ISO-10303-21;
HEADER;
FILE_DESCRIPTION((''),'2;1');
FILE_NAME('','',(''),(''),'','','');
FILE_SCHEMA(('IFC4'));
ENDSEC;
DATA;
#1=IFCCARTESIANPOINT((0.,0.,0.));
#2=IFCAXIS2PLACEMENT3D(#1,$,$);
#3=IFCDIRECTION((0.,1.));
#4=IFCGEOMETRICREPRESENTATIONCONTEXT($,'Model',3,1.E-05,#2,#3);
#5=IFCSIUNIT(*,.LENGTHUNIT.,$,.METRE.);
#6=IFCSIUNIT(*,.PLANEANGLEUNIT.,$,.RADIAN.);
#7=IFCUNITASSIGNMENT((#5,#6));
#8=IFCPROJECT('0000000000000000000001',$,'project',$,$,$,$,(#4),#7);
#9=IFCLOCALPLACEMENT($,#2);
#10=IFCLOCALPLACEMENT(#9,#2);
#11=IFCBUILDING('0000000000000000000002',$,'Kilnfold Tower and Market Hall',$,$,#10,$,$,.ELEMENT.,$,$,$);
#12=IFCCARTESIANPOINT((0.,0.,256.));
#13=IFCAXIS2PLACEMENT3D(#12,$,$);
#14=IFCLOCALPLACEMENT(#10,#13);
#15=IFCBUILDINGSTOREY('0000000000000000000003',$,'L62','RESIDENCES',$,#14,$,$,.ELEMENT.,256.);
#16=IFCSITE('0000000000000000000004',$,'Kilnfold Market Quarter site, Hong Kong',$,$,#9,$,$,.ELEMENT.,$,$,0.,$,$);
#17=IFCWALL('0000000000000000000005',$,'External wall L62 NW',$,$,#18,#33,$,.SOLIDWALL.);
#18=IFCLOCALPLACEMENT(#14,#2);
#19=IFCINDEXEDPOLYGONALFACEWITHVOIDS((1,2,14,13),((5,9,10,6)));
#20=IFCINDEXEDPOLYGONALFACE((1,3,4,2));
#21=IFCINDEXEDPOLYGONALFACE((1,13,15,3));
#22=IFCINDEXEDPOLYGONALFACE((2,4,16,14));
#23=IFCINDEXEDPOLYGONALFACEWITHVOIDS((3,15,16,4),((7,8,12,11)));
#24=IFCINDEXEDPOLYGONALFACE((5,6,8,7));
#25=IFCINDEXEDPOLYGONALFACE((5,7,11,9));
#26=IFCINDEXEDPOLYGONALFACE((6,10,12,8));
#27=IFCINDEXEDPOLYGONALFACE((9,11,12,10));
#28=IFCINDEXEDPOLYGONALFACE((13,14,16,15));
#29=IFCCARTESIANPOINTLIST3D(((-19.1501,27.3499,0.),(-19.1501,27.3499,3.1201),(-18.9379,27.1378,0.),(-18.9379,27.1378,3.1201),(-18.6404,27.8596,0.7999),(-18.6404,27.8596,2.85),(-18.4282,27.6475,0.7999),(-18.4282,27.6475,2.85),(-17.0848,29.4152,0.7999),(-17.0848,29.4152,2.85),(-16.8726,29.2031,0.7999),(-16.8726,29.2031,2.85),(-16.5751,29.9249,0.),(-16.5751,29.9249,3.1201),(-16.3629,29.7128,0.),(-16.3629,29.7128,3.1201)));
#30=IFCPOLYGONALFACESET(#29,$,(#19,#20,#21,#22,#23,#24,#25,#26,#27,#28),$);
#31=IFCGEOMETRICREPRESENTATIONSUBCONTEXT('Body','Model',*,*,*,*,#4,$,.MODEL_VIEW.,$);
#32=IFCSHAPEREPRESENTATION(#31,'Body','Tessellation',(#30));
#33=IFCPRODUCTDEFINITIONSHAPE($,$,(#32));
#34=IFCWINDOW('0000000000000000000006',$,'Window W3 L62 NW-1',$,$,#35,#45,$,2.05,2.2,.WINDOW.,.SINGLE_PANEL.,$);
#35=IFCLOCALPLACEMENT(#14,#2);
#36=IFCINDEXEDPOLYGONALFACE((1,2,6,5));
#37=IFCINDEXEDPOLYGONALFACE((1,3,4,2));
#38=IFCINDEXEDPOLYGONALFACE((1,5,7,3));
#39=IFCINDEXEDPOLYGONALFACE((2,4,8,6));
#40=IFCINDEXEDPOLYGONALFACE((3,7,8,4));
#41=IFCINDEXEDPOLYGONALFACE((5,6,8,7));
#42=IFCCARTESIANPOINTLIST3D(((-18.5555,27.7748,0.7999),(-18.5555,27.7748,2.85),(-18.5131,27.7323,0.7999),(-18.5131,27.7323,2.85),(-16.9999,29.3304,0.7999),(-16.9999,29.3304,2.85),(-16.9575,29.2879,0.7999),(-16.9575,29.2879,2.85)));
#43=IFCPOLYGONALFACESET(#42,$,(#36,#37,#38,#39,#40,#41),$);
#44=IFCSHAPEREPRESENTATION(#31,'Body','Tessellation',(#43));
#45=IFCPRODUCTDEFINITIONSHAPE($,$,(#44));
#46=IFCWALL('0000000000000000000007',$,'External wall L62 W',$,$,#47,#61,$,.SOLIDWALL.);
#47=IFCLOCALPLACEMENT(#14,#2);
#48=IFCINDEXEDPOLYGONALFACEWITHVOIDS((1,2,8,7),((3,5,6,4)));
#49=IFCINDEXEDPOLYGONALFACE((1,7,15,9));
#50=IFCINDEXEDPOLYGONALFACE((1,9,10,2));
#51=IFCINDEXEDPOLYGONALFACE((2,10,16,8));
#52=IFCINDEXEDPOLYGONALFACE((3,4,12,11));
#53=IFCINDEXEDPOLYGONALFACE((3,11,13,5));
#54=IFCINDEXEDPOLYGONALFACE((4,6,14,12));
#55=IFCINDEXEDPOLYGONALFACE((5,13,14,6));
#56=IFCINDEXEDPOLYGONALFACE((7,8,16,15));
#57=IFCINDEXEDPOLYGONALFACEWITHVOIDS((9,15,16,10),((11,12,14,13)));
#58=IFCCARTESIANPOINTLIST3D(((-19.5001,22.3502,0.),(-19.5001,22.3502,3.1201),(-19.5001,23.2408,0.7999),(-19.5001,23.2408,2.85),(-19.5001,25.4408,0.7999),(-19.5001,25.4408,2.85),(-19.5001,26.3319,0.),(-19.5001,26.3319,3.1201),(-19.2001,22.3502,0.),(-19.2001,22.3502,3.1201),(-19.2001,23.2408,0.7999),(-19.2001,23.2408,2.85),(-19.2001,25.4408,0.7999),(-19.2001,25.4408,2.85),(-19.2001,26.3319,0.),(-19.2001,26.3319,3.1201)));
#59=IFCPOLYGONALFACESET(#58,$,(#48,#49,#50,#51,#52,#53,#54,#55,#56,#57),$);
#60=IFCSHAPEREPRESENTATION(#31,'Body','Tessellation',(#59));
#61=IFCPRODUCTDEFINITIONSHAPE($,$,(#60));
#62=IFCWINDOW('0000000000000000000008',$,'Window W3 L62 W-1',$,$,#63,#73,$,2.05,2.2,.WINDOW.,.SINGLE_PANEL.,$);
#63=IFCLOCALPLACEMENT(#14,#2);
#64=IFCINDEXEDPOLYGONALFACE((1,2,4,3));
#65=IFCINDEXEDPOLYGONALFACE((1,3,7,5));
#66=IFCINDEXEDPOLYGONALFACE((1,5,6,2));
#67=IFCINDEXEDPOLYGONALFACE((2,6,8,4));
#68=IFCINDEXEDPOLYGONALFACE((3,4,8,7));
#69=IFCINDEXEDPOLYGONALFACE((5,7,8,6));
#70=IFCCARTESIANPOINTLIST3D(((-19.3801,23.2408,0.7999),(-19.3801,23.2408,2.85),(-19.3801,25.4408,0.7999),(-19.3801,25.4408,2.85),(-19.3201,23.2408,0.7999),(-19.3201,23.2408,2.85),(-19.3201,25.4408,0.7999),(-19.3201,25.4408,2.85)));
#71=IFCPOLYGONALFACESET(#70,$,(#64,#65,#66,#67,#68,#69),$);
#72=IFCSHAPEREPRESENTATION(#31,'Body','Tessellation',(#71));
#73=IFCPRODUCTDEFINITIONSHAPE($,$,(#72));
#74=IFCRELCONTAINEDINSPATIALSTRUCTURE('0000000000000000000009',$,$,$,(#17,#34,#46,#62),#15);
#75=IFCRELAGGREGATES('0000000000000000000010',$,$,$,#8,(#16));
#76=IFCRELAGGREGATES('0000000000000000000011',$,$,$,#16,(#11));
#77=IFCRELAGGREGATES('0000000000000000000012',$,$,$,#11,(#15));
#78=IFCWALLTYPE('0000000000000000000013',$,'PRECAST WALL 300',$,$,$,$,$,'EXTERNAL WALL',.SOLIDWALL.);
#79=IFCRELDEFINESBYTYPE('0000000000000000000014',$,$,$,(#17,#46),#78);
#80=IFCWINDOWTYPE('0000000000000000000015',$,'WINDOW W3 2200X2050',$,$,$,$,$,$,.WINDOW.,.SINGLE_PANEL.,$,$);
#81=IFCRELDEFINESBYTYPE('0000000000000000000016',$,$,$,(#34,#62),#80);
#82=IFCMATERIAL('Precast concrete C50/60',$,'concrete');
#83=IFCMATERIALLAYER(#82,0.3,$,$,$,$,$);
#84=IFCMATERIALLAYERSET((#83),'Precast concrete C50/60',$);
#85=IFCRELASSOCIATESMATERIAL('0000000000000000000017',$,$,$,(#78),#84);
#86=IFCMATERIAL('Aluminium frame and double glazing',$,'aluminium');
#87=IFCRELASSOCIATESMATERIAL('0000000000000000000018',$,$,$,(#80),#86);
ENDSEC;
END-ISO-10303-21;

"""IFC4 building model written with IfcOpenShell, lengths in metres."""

from ifc_helpers import new_model, si_unit, direction, frame, frame_2d, origin, place, context, subcontext, project, spatial, rectangle, extrude, source, transform, mapped, material, layer, layer_set, type_object, element, fill, save


model = new_model("IFC4")

# Units and contexts
model_context = context("Model", 3, precision=1e-05, world=origin(), true_north=direction((0.0, 1.0)))
body_context = subcontext(model_context, "Body", "Model", "MODEL_VIEW")
ifc_project = project(units=[si_unit("LENGTHUNIT", "METRE"), si_unit("PLANEANGLEUNIT", "RADIAN")], contexts=[model_context])

# Site, building, storey
site_placement = place(None, origin())
site = spatial("IfcSite", under=ifc_project, at=site_placement, Name="Kilnfold Market Quarter site, Hong Kong", CompositionType="ELEMENT", RefElevation=0.0)
building_placement = place(site_placement, origin())
building = spatial("IfcBuilding", under=site, at=building_placement, Name="Kilnfold Tower and Market Hall", CompositionType="ELEMENT")
storey_placement = place(building_placement, frame((0.0, 0.0, 256.0)))
storey = spatial("IfcBuildingStorey", under=building, at=storey_placement, Name="L62", Description="RESIDENCES", CompositionType="ELEMENT", Elevation=256.0)

# Walls, openings, windows
ifc_material_1 = material(Name="Precast concrete C50/60", Category="concrete")
ifc_layer_1 = layer(ifc_material_1, 0.3)
ifc_layer_set_1 = layer_set([ifc_layer_1], Name="Precast concrete C50/60")
wall_type_1 = type_object("IfcWallType", Name="PRECAST WALL 300", ElementType="EXTERNAL WALL", PredefinedType="SOLIDWALL", material=ifc_layer_set_1)
shared_shape_1 = source(origin(), body_context, "Body", "SweptSolid", [
    extrude(rectangle(XDim=3.6416, YDim=0.3, at=frame_2d((1.8208, 0.0))), origin(), (0.0, 0.0, 1.0), 3.1201),
])
wall_1_placement = place(storey_placement, frame((-16.469, 29.8188, 0.0), z_axis=(0.0, 0.0, 1.0), x_axis=(-0.707107, -0.707107, 0.0)))
wall_1 = element("IfcWall", 1, at=wall_1_placement, inside=storey, type_object=wall_type_1, Name="External wall L62 NW", PredefinedType="SOLIDWALL", context=body_context, shape_type="MappedRepresentation", body=[
    mapped(shared_shape_1, transform((0.0, 0.0, 0.0))),
])
opening_1_placement = place(wall_1_placement, frame((0.7207, 0.0, 0.8)))
opening_1 = element("IfcOpeningElement", 2, at=opening_1_placement, cuts=wall_1, PredefinedType="OPENING", context=body_context, shape_type="SweptSolid", body=[
    extrude(rectangle(XDim=2.2, YDim=2.05, at=frame_2d((1.1001, 1.0249))), frame((0.0, 0.1602, 0.0), z_axis=(0.0, -1.0, 0.0), x_axis=(1.0, 0.0, 0.0)), (0.0, 0.0, 1.0), 0.3201),
])
ifc_material_2 = material(Name="Aluminium frame and double glazing", Category="aluminium")
window_type = type_object("IfcWindowType", Name="WINDOW W3 2200X2050", PartitioningType="SINGLE_PANEL", PredefinedType="WINDOW", material=ifc_material_2)
window_1_placement = place(opening_1_placement, origin())
window_1 = element("IfcWindow", 3, at=window_1_placement, inside=storey, type_object=window_type, Name="Window W3 L62 NW-1", OverallHeight=2.05, OverallWidth=2.2, PartitioningType="SINGLE_PANEL", PredefinedType="WINDOW", context=body_context, shape_type="SweptSolid", body=[
    extrude(rectangle(XDim=2.2, YDim=2.05, at=frame_2d((1.1001, 1.0249))), frame((0.0, 0.03, 0.0), z_axis=(0.0, -1.0, 0.0), x_axis=(1.0, 0.0, 0.0)), (0.0, 0.0, 1.0), 0.0601),
])
fill(opening_1, window_1)
shared_shape_2 = source(origin(), body_context, "Body", "SweptSolid", [
    extrude(rectangle(XDim=3.9817, YDim=0.3, at=frame_2d((1.9907, 0.0))), origin(), (0.0, 0.0, 1.0), 3.1201),
])
wall_2_placement = place(storey_placement, frame((-19.3501, 26.3318, 0.0), z_axis=(0.0, 0.0, 1.0), x_axis=(0.0, -1.0, 0.0)))
wall_2 = element("IfcWall", 4, at=wall_2_placement, inside=storey, type_object=wall_type_1, Name="External wall L62 W", PredefinedType="SOLIDWALL", context=body_context, shape_type="MappedRepresentation", body=[
    mapped(shared_shape_2, transform((0.0, 0.0, 0.0))),
])
opening_2_placement = place(wall_2_placement, frame((0.8909, 0.0, 0.8)))
opening_2 = element("IfcOpeningElement", 5, at=opening_2_placement, cuts=wall_2, PredefinedType="OPENING", context=body_context, shape_type="SweptSolid", body=[
    extrude(rectangle(XDim=2.2, YDim=2.05, at=frame_2d((1.1001, 1.0249))), frame((0.0, 0.1602, 0.0), z_axis=(0.0, -1.0, 0.0), x_axis=(1.0, 0.0, 0.0)), (0.0, 0.0, 1.0), 0.3201),
])
window_2_placement = place(opening_2_placement, origin())
window_2 = element("IfcWindow", 6, at=window_2_placement, inside=storey, type_object=window_type, Name="Window W3 L62 W-1", OverallHeight=2.05, OverallWidth=2.2, PartitioningType="SINGLE_PANEL", PredefinedType="WINDOW", context=body_context, shape_type="SweptSolid", body=[
    extrude(rectangle(XDim=2.2, YDim=2.05, at=frame_2d((1.1001, 1.0249))), frame((0.0, 0.03, 0.0), z_axis=(0.0, -1.0, 0.0), x_axis=(1.0, 0.0, 0.0)), (0.0, 0.0, 1.0), 0.0601),
])
fill(opening_2, window_2)

save(model, "model.ifc")
